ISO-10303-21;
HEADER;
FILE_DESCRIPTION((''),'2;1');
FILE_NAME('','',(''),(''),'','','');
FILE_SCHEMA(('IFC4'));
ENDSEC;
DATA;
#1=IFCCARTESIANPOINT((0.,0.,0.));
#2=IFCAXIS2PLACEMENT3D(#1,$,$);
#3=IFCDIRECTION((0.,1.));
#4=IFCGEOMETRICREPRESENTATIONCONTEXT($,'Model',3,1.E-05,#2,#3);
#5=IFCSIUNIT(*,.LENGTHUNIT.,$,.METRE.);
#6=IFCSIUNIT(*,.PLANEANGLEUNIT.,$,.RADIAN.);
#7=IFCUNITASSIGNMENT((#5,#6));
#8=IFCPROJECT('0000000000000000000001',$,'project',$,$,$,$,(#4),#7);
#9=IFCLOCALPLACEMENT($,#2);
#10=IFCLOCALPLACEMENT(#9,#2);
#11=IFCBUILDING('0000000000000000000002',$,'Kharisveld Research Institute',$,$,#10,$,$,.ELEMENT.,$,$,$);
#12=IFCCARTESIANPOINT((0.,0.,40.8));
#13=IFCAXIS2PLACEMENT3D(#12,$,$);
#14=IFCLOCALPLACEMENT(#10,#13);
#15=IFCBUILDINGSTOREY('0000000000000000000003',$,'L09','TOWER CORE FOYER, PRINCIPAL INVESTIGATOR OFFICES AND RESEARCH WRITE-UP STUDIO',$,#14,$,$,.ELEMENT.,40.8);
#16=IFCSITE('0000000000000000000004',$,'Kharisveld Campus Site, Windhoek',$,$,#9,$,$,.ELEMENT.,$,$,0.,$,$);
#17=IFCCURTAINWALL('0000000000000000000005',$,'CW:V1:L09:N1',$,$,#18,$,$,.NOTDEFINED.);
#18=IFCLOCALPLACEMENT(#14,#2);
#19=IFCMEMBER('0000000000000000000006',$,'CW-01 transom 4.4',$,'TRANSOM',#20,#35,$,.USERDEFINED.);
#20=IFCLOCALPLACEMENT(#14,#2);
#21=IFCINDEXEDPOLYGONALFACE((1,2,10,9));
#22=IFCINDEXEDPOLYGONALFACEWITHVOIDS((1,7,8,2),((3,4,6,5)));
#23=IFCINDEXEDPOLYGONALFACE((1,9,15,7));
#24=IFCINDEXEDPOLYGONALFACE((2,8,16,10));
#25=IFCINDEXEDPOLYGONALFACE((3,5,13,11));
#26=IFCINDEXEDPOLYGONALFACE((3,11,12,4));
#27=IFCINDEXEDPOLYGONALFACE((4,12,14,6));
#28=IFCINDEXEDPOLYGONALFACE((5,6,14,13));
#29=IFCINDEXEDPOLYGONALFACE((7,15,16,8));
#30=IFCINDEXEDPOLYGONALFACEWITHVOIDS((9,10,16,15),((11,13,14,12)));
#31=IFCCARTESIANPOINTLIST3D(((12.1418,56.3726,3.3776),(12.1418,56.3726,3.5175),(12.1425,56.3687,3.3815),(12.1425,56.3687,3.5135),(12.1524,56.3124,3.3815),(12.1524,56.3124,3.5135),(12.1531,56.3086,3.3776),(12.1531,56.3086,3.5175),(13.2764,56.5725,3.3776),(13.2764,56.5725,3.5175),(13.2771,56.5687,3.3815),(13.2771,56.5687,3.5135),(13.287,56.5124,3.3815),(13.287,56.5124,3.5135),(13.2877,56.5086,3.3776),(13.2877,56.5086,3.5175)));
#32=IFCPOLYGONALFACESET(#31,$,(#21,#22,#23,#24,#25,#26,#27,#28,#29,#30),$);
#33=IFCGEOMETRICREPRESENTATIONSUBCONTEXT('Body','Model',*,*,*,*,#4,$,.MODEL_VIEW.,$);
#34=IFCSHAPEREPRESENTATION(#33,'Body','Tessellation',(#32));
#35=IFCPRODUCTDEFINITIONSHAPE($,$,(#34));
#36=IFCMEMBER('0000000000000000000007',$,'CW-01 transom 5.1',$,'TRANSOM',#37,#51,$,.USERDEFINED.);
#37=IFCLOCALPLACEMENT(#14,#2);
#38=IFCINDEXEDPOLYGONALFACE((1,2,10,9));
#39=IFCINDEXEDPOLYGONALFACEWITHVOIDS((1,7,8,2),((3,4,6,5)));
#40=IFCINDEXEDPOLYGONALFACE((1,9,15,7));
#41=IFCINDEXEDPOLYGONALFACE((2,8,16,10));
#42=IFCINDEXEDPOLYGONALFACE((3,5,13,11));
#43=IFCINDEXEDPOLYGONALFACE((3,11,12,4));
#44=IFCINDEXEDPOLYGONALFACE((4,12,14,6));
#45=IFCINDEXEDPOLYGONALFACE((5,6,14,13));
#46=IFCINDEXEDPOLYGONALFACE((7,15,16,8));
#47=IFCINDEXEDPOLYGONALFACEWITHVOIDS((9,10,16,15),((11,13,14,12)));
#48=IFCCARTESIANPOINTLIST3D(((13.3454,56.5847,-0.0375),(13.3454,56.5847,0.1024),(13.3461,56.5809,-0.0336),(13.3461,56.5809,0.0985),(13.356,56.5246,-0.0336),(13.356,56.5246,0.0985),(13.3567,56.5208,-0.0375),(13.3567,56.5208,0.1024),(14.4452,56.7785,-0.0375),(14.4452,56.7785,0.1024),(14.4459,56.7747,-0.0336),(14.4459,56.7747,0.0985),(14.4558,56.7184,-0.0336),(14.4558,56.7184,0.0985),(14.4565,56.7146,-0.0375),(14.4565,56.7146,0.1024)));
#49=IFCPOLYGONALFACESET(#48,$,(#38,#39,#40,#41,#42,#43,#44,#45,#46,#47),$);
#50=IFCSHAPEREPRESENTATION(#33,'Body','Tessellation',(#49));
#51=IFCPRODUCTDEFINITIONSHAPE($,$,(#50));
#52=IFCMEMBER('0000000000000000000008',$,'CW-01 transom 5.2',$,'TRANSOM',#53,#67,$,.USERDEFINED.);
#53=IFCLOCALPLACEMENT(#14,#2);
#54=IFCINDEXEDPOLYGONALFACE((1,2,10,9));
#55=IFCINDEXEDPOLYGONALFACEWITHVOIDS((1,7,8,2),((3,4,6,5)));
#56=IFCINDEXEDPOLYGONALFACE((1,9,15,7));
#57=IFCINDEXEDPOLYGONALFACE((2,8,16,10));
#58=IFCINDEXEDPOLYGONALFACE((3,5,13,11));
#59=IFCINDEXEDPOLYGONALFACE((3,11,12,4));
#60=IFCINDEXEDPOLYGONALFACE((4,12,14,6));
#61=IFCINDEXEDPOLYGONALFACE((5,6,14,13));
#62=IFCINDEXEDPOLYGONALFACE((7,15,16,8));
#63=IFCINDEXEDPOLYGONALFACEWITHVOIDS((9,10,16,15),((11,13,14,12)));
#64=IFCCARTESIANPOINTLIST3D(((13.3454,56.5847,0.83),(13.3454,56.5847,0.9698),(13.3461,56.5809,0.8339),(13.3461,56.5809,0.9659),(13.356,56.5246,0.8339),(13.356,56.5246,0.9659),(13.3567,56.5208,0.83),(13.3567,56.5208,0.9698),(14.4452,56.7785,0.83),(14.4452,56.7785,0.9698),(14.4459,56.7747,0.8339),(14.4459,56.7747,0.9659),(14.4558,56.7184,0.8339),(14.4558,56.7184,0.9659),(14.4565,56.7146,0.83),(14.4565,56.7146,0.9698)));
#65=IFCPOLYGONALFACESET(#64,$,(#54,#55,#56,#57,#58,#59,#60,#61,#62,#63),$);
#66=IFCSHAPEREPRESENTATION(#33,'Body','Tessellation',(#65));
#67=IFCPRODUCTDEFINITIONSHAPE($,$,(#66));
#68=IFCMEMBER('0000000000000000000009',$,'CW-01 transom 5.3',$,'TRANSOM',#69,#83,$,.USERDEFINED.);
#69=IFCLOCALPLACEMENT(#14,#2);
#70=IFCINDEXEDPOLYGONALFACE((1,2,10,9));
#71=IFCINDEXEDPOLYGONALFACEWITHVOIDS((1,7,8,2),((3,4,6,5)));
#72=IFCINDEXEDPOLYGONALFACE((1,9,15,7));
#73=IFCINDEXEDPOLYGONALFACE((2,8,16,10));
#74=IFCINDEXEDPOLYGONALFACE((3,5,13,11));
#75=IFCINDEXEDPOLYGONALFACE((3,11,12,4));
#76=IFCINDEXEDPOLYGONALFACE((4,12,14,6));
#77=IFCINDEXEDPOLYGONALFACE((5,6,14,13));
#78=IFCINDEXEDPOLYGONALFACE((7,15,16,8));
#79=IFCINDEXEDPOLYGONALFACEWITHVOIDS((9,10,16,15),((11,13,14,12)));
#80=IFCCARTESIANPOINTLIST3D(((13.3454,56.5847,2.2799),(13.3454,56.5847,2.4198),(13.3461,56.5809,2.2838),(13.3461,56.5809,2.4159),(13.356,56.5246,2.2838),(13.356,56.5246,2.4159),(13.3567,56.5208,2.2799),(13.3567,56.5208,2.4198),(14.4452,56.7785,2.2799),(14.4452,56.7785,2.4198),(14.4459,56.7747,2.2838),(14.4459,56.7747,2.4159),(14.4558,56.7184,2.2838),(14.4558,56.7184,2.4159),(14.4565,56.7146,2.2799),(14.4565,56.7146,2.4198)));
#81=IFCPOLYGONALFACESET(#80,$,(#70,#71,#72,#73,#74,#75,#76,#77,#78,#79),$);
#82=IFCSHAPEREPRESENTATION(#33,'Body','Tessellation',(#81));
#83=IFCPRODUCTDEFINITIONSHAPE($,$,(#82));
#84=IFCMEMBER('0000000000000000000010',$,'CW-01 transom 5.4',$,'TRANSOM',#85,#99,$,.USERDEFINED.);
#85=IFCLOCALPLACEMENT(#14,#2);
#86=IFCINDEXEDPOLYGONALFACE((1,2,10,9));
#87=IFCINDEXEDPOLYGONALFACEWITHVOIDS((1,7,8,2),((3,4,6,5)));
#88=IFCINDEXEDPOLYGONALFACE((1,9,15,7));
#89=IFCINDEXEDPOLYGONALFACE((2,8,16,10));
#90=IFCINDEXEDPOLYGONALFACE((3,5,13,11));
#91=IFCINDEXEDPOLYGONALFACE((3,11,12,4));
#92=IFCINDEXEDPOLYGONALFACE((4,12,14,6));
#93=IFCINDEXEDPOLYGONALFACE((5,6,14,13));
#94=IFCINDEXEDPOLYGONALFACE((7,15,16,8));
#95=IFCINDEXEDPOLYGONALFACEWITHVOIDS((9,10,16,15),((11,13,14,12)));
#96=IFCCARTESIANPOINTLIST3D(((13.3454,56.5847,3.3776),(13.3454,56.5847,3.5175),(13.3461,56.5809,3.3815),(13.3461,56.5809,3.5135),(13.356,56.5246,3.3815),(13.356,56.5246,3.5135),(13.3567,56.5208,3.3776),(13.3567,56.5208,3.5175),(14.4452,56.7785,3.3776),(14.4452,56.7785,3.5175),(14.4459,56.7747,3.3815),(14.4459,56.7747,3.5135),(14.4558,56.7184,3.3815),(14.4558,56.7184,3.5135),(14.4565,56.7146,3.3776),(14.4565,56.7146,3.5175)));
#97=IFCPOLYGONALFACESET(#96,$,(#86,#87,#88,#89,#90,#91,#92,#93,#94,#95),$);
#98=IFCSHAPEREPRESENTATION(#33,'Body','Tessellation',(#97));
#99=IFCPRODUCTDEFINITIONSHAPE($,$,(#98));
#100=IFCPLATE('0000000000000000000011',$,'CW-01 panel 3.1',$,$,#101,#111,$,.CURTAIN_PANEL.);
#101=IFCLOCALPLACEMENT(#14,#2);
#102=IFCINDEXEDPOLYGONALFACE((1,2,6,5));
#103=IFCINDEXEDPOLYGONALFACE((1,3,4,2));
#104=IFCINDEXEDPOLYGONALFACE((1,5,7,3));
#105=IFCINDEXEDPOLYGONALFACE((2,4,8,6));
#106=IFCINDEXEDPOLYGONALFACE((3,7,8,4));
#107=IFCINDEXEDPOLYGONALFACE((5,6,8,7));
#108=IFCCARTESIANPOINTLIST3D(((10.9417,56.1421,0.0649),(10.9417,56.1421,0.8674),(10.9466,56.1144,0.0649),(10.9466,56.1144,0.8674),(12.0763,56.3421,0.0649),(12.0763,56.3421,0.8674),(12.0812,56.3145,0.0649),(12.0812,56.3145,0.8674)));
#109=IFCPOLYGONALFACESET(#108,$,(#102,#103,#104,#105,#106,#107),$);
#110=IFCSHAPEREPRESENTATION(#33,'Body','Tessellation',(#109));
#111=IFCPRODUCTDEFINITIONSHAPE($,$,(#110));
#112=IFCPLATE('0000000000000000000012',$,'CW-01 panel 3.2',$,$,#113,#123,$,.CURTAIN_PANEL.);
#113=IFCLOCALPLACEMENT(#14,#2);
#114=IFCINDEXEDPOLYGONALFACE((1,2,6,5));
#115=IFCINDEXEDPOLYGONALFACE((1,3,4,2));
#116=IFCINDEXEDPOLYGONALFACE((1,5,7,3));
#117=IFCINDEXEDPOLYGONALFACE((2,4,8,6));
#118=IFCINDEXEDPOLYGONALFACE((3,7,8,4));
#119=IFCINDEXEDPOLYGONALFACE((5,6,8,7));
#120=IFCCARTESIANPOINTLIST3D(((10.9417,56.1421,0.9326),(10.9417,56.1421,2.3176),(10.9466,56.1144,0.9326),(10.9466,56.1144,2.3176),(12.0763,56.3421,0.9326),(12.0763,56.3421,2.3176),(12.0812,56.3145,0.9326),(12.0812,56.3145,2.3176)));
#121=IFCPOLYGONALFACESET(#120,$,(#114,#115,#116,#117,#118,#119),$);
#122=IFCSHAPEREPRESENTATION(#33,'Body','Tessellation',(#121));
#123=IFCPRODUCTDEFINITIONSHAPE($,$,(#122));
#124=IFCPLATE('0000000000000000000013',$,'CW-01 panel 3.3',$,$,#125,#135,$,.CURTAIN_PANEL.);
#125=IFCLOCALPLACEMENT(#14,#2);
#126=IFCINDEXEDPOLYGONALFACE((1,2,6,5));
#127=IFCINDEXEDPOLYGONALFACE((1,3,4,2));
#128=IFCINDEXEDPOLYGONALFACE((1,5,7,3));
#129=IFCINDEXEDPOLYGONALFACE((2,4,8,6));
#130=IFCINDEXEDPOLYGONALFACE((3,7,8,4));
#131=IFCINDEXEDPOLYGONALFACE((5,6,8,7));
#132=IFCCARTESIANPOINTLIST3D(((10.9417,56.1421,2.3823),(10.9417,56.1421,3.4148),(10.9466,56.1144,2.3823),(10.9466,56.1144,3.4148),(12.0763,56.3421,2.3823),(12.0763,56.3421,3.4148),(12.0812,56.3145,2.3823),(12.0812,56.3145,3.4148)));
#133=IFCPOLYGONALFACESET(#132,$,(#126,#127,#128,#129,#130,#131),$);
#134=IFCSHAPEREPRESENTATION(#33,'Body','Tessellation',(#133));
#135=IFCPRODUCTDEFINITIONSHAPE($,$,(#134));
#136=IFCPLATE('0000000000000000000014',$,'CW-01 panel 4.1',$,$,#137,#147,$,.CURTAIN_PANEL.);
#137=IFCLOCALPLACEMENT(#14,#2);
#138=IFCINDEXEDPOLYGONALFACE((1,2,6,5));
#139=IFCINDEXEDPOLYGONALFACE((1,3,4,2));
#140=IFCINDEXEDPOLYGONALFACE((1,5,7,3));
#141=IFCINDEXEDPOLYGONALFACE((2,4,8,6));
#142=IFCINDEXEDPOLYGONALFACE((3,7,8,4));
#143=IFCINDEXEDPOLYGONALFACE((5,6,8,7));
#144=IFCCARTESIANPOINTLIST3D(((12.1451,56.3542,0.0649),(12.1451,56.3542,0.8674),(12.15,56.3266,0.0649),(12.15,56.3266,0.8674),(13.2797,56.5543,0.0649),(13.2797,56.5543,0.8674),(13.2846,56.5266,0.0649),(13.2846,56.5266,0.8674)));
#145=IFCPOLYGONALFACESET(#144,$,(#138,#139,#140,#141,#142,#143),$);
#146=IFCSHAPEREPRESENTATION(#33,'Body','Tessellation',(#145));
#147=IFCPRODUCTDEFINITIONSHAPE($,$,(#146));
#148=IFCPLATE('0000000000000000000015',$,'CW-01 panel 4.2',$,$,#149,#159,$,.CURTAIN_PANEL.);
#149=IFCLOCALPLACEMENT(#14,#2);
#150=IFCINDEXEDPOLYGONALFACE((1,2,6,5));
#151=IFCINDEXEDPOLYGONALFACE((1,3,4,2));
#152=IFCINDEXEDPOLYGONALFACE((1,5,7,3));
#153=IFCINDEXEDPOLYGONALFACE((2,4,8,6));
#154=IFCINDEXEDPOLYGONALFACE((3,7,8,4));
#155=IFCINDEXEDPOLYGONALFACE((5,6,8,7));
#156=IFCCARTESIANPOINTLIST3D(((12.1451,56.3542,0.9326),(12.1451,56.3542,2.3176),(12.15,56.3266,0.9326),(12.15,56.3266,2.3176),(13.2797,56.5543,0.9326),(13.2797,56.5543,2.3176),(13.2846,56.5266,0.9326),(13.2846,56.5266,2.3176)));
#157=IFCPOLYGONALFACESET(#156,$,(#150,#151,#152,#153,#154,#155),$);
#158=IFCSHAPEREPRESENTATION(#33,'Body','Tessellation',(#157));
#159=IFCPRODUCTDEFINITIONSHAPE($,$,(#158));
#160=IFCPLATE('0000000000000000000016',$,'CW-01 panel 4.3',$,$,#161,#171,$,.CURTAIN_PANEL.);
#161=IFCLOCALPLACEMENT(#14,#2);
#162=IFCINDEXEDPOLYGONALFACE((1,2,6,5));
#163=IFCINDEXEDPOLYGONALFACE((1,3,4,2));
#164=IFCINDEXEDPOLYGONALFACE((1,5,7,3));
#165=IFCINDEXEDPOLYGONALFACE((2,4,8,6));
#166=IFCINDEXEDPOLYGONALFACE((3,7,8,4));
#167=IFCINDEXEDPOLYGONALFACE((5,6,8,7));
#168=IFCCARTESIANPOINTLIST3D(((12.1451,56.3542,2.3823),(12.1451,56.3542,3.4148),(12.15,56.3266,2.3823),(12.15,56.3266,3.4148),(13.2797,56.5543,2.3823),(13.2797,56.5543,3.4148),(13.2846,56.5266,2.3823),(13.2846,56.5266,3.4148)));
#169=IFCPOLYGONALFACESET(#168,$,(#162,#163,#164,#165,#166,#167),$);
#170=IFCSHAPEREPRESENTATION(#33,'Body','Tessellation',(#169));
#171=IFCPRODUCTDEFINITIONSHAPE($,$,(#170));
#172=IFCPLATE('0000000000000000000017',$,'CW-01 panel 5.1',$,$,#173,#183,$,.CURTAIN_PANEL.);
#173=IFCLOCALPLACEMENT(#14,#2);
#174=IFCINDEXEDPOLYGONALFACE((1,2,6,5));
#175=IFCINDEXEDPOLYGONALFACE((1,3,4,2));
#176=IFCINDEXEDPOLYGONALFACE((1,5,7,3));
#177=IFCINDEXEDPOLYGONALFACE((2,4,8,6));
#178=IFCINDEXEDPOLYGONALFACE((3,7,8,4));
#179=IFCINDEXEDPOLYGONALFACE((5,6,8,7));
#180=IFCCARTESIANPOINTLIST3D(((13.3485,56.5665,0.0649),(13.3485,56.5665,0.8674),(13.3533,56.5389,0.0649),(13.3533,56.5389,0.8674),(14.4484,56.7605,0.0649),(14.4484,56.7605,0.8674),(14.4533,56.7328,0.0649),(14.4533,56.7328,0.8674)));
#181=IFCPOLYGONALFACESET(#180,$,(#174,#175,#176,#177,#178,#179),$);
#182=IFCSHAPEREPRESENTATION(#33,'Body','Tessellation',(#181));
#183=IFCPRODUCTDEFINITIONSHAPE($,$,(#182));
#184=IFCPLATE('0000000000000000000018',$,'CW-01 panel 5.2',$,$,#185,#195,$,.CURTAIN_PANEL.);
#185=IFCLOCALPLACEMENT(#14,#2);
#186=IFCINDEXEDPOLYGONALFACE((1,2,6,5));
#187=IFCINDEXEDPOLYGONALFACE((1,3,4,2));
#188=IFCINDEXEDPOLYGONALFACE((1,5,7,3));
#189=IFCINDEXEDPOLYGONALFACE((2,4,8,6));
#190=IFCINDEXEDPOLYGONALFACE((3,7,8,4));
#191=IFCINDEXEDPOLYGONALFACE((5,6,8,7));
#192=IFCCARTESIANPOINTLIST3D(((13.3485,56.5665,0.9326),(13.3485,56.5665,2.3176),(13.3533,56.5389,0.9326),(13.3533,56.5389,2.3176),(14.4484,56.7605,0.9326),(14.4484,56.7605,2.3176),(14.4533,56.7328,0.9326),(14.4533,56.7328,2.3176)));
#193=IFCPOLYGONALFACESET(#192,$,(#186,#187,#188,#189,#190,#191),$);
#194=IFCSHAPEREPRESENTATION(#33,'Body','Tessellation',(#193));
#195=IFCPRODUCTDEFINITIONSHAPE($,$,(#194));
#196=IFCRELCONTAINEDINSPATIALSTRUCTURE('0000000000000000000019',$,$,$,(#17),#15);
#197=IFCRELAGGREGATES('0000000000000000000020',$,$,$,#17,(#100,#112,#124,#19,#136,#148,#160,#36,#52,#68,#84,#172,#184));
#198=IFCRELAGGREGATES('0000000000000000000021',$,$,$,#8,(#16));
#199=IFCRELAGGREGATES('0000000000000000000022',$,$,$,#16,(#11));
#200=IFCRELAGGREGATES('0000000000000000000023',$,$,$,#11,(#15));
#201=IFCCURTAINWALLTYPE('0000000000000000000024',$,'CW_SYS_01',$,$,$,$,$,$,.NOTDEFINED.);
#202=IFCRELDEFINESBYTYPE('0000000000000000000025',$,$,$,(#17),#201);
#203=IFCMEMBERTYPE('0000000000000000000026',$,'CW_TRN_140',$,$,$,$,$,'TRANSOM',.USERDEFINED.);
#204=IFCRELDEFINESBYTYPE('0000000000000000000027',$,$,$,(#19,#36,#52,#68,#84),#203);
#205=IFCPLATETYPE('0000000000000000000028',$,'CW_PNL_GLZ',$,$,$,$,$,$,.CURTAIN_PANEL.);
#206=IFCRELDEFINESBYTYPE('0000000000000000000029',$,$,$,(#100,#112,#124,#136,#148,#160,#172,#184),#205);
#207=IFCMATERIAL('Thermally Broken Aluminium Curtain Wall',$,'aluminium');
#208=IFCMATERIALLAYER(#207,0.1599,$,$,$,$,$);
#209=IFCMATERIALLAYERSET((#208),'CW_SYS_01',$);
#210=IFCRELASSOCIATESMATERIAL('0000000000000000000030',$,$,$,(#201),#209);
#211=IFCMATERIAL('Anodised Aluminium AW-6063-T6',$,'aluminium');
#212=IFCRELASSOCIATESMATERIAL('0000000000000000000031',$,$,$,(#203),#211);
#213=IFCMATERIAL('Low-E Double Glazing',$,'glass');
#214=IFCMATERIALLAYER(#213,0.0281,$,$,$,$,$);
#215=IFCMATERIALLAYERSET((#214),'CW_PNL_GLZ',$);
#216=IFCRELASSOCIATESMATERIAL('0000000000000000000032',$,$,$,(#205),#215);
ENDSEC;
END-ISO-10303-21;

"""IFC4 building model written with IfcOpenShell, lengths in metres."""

from ifc_helpers import new_model, si_unit, direction, frame, origin, origin_2d, place, context, subcontext, project, spatial, rectangle, hollow_rectangle, extrude, material, layer, layer_set, material_profile, profile_set, type_object, element, aggregate, save


model = new_model("IFC4")

# Units and contexts
model_context = context("Model", 3, precision=1e-05, world=origin(), true_north=direction((0.0, 1.0)))
body_context = subcontext(model_context, "Body", "Model", "MODEL_VIEW")
ifc_project = project(units=[si_unit("LENGTHUNIT", "METRE"), si_unit("PLANEANGLEUNIT", "RADIAN")], contexts=[model_context])

# Site, building, storey
site_placement = place(None, origin())
site = spatial("IfcSite", under=ifc_project, at=site_placement, Name="Kharisveld Campus Site, Windhoek", CompositionType="ELEMENT", RefElevation=0.0)
building_placement = place(site_placement, origin())
building = spatial("IfcBuilding", under=site, at=building_placement, Name="Kharisveld Research Institute", CompositionType="ELEMENT")
storey_placement = place(building_placement, frame((0.0, 0.0, 40.8)))
storey = spatial("IfcBuildingStorey", under=building, at=storey_placement, Name="L09", Description="TOWER CORE FOYER, PRINCIPAL INVESTIGATOR OFFICES AND RESEARCH WRITE-UP STUDIO", CompositionType="ELEMENT", Elevation=40.8)

# Curtain wall, members, plates
ifc_material_1 = material(Name="Thermally Broken Aluminium Curtain Wall", Category="aluminium")
ifc_layer_1 = layer(ifc_material_1, 0.1599)
ifc_layer_set_1 = layer_set([ifc_layer_1], Name="CW_SYS_01")
curtain_wall_type = type_object("IfcCurtainWallType", Name="CW_SYS_01", PredefinedType="NOTDEFINED", material=ifc_layer_set_1)
curtain_wall_placement = place(storey_placement, origin())
curtain_wall = element("IfcCurtainWall", 1, at=curtain_wall_placement, inside=storey, type_object=curtain_wall_type, Name="CW:V1:L09:N1", PredefinedType="NOTDEFINED")
ifc_material_2 = material(Name="Anodised Aluminium AW-6063-T6", Category="aluminium")
ifc_material_profile_1 = material_profile(ifc_material_2, hollow_rectangle(XDim=0.0649, YDim=0.1399, WallThickness=0.0039, at=origin_2d()))
ifc_profile_set_1 = profile_set([ifc_material_profile_1], Name="Anodised Aluminium AW-6063-T6")
member_type_1 = type_object("IfcMemberType", Name="CW_TRN_140", ElementType="TRANSOM", PredefinedType="USERDEFINED", material=ifc_profile_set_1)
member_1_placement = place(storey_placement, frame((12.1475, 56.3406, 3.4475), z_axis=(0.984822, 0.173568, 0.0), x_axis=(-0.173568, 0.984822, 0.0)))
member_1 = element("IfcMember", 2, at=member_1_placement, type_object=member_type_1, Name="CW-01 transom 4.4", ObjectType="TRANSOM", PredefinedType="USERDEFINED", context=body_context, shape_type="SweptSolid", body=[
    extrude(hollow_rectangle(XDim=0.0649, YDim=0.1399, WallThickness=0.0039, at=origin_2d()), origin(), (0.0, 0.0, 1.0), 1.1521),
])
member_2_placement = place(storey_placement, frame((13.3511, 56.5527, 0.0325), z_axis=(0.984821, 0.173573, 0.0), x_axis=(-0.173573, 0.984821, 0.0)))
member_2 = element("IfcMember", 3, at=member_2_placement, type_object=member_type_1, Name="CW-01 transom 5.1", ObjectType="TRANSOM", PredefinedType="USERDEFINED", context=body_context, shape_type="SweptSolid", body=[
    extrude(hollow_rectangle(XDim=0.0649, YDim=0.1399, WallThickness=0.0039, at=origin_2d()), origin(), (0.0, 0.0, 1.0), 1.1167),
])
member_3_placement = place(storey_placement, frame((13.3511, 56.5527, 0.8999), z_axis=(0.984821, 0.173573, 0.0), x_axis=(-0.173573, 0.984821, 0.0)))
member_3 = element("IfcMember", 4, at=member_3_placement, type_object=member_type_1, Name="CW-01 transom 5.2", ObjectType="TRANSOM", PredefinedType="USERDEFINED", context=body_context, shape_type="SweptSolid", body=[
    extrude(hollow_rectangle(XDim=0.0649, YDim=0.1399, WallThickness=0.0039, at=origin_2d()), origin(), (0.0, 0.0, 1.0), 1.1167),
])
member_4_placement = place(storey_placement, frame((13.3511, 56.5527, 2.3499), z_axis=(0.984821, 0.173573, 0.0), x_axis=(-0.173573, 0.984821, 0.0)))
member_4 = element("IfcMember", 5, at=member_4_placement, type_object=member_type_1, Name="CW-01 transom 5.3", ObjectType="TRANSOM", PredefinedType="USERDEFINED", context=body_context, shape_type="SweptSolid", body=[
    extrude(hollow_rectangle(XDim=0.0649, YDim=0.1399, WallThickness=0.0039, at=origin_2d()), origin(), (0.0, 0.0, 1.0), 1.1167),
])
member_5_placement = place(storey_placement, frame((13.3511, 56.5527, 3.4475), z_axis=(0.984821, 0.173573, 0.0), x_axis=(-0.173573, 0.984821, 0.0)))
member_5 = element("IfcMember", 6, at=member_5_placement, type_object=member_type_1, Name="CW-01 transom 5.4", ObjectType="TRANSOM", PredefinedType="USERDEFINED", context=body_context, shape_type="SweptSolid", body=[
    extrude(hollow_rectangle(XDim=0.0649, YDim=0.1399, WallThickness=0.0039, at=origin_2d()), origin(), (0.0, 0.0, 1.0), 1.1167),
])
ifc_material_3 = material(Name="Low-E Double Glazing", Category="glass")
ifc_layer_2 = layer(ifc_material_3, 0.0281)
ifc_layer_set_2 = layer_set([ifc_layer_2], Name="CW_PNL_GLZ")
plate_type = type_object("IfcPlateType", Name="CW_PNL_GLZ", PredefinedType="CURTAIN_PANEL", material=ifc_layer_set_2)
plate_1_placement = place(storey_placement, frame((11.5115, 56.2283, 0.0649), z_axis=(0.0, 0.0, 1.0), x_axis=(0.984808, 0.173648, 0.0)))
plate_1 = element("IfcPlate", 7, at=plate_1_placement, type_object=plate_type, Name="CW-01 panel 3.1", PredefinedType="CURTAIN_PANEL", context=body_context, shape_type="SweptSolid", body=[
    extrude(rectangle(XDim=1.1521, YDim=0.0281, at=origin_2d()), origin(), (0.0, 0.0, 1.0), 0.8025),
])
plate_2_placement = place(storey_placement, frame((11.5115, 56.2283, 0.9326), z_axis=(0.0, 0.0, 1.0), x_axis=(0.984808, 0.173648, 0.0)))
plate_2 = element("IfcPlate", 8, at=plate_2_placement, type_object=plate_type, Name="CW-01 panel 3.2", PredefinedType="CURTAIN_PANEL", context=body_context, shape_type="SweptSolid", body=[
    extrude(rectangle(XDim=1.1521, YDim=0.0281, at=origin_2d()), origin(), (0.0, 0.0, 1.0), 1.385),
])
plate_3_placement = place(storey_placement, frame((11.5115, 56.2283, 2.3823), z_axis=(0.0, 0.0, 1.0), x_axis=(0.984808, 0.173648, 0.0)))
plate_3 = element("IfcPlate", 9, at=plate_3_placement, type_object=plate_type, Name="CW-01 panel 3.3", PredefinedType="CURTAIN_PANEL", context=body_context, shape_type="SweptSolid", body=[
    extrude(rectangle(XDim=1.1521, YDim=0.0281, at=origin_2d()), origin(), (0.0, 0.0, 1.0), 1.0325),
])
plate_4_placement = place(storey_placement, frame((12.7148, 56.4404, 0.0649), z_axis=(0.0, 0.0, 1.0), x_axis=(0.984808, 0.173648, 0.0)))
plate_4 = element("IfcPlate", 10, at=plate_4_placement, type_object=plate_type, Name="CW-01 panel 4.1", PredefinedType="CURTAIN_PANEL", context=body_context, shape_type="SweptSolid", body=[
    extrude(rectangle(XDim=1.1521, YDim=0.0281, at=origin_2d()), origin(), (0.0, 0.0, 1.0), 0.8025),
])
plate_5_placement = place(storey_placement, frame((12.7148, 56.4404, 0.9326), z_axis=(0.0, 0.0, 1.0), x_axis=(0.984808, 0.173648, 0.0)))
plate_5 = element("IfcPlate", 11, at=plate_5_placement, type_object=plate_type, Name="CW-01 panel 4.2", PredefinedType="CURTAIN_PANEL", context=body_context, shape_type="SweptSolid", body=[
    extrude(rectangle(XDim=1.1521, YDim=0.0281, at=origin_2d()), origin(), (0.0, 0.0, 1.0), 1.385),
])
plate_6_placement = place(storey_placement, frame((12.7148, 56.4404, 2.3823), z_axis=(0.0, 0.0, 1.0), x_axis=(0.984808, 0.173648, 0.0)))
plate_6 = element("IfcPlate", 12, at=plate_6_placement, type_object=plate_type, Name="CW-01 panel 4.3", PredefinedType="CURTAIN_PANEL", context=body_context, shape_type="SweptSolid", body=[
    extrude(rectangle(XDim=1.1521, YDim=0.0281, at=origin_2d()), origin(), (0.0, 0.0, 1.0), 1.0325),
])
plate_7_placement = place(storey_placement, frame((13.9009, 56.6497, 0.0649), z_axis=(0.0, 0.0, 1.0), x_axis=(0.984808, 0.173648, 0.0)))
plate_7 = element("IfcPlate", 13, at=plate_7_placement, type_object=plate_type, Name="CW-01 panel 5.1", PredefinedType="CURTAIN_PANEL", context=body_context, shape_type="SweptSolid", body=[
    extrude(rectangle(XDim=1.1169, YDim=0.0281, at=origin_2d()), origin(), (0.0, 0.0, 1.0), 0.8025),
])
plate_8_placement = place(storey_placement, frame((13.9009, 56.6497, 0.9326), z_axis=(0.0, 0.0, 1.0), x_axis=(0.984808, 0.173648, 0.0)))
plate_8 = element("IfcPlate", 14, at=plate_8_placement, type_object=plate_type, Name="CW-01 panel 5.2", PredefinedType="CURTAIN_PANEL", context=body_context, shape_type="SweptSolid", body=[
    extrude(rectangle(XDim=1.1169, YDim=0.0281, at=origin_2d()), origin(), (0.0, 0.0, 1.0), 1.385),
])
aggregate(curtain_wall, [plate_1, plate_2, plate_3, member_1, plate_4, plate_5, plate_6, member_2, member_3, member_4, member_5, plate_7, plate_8])

save(model, "model.ifc")
